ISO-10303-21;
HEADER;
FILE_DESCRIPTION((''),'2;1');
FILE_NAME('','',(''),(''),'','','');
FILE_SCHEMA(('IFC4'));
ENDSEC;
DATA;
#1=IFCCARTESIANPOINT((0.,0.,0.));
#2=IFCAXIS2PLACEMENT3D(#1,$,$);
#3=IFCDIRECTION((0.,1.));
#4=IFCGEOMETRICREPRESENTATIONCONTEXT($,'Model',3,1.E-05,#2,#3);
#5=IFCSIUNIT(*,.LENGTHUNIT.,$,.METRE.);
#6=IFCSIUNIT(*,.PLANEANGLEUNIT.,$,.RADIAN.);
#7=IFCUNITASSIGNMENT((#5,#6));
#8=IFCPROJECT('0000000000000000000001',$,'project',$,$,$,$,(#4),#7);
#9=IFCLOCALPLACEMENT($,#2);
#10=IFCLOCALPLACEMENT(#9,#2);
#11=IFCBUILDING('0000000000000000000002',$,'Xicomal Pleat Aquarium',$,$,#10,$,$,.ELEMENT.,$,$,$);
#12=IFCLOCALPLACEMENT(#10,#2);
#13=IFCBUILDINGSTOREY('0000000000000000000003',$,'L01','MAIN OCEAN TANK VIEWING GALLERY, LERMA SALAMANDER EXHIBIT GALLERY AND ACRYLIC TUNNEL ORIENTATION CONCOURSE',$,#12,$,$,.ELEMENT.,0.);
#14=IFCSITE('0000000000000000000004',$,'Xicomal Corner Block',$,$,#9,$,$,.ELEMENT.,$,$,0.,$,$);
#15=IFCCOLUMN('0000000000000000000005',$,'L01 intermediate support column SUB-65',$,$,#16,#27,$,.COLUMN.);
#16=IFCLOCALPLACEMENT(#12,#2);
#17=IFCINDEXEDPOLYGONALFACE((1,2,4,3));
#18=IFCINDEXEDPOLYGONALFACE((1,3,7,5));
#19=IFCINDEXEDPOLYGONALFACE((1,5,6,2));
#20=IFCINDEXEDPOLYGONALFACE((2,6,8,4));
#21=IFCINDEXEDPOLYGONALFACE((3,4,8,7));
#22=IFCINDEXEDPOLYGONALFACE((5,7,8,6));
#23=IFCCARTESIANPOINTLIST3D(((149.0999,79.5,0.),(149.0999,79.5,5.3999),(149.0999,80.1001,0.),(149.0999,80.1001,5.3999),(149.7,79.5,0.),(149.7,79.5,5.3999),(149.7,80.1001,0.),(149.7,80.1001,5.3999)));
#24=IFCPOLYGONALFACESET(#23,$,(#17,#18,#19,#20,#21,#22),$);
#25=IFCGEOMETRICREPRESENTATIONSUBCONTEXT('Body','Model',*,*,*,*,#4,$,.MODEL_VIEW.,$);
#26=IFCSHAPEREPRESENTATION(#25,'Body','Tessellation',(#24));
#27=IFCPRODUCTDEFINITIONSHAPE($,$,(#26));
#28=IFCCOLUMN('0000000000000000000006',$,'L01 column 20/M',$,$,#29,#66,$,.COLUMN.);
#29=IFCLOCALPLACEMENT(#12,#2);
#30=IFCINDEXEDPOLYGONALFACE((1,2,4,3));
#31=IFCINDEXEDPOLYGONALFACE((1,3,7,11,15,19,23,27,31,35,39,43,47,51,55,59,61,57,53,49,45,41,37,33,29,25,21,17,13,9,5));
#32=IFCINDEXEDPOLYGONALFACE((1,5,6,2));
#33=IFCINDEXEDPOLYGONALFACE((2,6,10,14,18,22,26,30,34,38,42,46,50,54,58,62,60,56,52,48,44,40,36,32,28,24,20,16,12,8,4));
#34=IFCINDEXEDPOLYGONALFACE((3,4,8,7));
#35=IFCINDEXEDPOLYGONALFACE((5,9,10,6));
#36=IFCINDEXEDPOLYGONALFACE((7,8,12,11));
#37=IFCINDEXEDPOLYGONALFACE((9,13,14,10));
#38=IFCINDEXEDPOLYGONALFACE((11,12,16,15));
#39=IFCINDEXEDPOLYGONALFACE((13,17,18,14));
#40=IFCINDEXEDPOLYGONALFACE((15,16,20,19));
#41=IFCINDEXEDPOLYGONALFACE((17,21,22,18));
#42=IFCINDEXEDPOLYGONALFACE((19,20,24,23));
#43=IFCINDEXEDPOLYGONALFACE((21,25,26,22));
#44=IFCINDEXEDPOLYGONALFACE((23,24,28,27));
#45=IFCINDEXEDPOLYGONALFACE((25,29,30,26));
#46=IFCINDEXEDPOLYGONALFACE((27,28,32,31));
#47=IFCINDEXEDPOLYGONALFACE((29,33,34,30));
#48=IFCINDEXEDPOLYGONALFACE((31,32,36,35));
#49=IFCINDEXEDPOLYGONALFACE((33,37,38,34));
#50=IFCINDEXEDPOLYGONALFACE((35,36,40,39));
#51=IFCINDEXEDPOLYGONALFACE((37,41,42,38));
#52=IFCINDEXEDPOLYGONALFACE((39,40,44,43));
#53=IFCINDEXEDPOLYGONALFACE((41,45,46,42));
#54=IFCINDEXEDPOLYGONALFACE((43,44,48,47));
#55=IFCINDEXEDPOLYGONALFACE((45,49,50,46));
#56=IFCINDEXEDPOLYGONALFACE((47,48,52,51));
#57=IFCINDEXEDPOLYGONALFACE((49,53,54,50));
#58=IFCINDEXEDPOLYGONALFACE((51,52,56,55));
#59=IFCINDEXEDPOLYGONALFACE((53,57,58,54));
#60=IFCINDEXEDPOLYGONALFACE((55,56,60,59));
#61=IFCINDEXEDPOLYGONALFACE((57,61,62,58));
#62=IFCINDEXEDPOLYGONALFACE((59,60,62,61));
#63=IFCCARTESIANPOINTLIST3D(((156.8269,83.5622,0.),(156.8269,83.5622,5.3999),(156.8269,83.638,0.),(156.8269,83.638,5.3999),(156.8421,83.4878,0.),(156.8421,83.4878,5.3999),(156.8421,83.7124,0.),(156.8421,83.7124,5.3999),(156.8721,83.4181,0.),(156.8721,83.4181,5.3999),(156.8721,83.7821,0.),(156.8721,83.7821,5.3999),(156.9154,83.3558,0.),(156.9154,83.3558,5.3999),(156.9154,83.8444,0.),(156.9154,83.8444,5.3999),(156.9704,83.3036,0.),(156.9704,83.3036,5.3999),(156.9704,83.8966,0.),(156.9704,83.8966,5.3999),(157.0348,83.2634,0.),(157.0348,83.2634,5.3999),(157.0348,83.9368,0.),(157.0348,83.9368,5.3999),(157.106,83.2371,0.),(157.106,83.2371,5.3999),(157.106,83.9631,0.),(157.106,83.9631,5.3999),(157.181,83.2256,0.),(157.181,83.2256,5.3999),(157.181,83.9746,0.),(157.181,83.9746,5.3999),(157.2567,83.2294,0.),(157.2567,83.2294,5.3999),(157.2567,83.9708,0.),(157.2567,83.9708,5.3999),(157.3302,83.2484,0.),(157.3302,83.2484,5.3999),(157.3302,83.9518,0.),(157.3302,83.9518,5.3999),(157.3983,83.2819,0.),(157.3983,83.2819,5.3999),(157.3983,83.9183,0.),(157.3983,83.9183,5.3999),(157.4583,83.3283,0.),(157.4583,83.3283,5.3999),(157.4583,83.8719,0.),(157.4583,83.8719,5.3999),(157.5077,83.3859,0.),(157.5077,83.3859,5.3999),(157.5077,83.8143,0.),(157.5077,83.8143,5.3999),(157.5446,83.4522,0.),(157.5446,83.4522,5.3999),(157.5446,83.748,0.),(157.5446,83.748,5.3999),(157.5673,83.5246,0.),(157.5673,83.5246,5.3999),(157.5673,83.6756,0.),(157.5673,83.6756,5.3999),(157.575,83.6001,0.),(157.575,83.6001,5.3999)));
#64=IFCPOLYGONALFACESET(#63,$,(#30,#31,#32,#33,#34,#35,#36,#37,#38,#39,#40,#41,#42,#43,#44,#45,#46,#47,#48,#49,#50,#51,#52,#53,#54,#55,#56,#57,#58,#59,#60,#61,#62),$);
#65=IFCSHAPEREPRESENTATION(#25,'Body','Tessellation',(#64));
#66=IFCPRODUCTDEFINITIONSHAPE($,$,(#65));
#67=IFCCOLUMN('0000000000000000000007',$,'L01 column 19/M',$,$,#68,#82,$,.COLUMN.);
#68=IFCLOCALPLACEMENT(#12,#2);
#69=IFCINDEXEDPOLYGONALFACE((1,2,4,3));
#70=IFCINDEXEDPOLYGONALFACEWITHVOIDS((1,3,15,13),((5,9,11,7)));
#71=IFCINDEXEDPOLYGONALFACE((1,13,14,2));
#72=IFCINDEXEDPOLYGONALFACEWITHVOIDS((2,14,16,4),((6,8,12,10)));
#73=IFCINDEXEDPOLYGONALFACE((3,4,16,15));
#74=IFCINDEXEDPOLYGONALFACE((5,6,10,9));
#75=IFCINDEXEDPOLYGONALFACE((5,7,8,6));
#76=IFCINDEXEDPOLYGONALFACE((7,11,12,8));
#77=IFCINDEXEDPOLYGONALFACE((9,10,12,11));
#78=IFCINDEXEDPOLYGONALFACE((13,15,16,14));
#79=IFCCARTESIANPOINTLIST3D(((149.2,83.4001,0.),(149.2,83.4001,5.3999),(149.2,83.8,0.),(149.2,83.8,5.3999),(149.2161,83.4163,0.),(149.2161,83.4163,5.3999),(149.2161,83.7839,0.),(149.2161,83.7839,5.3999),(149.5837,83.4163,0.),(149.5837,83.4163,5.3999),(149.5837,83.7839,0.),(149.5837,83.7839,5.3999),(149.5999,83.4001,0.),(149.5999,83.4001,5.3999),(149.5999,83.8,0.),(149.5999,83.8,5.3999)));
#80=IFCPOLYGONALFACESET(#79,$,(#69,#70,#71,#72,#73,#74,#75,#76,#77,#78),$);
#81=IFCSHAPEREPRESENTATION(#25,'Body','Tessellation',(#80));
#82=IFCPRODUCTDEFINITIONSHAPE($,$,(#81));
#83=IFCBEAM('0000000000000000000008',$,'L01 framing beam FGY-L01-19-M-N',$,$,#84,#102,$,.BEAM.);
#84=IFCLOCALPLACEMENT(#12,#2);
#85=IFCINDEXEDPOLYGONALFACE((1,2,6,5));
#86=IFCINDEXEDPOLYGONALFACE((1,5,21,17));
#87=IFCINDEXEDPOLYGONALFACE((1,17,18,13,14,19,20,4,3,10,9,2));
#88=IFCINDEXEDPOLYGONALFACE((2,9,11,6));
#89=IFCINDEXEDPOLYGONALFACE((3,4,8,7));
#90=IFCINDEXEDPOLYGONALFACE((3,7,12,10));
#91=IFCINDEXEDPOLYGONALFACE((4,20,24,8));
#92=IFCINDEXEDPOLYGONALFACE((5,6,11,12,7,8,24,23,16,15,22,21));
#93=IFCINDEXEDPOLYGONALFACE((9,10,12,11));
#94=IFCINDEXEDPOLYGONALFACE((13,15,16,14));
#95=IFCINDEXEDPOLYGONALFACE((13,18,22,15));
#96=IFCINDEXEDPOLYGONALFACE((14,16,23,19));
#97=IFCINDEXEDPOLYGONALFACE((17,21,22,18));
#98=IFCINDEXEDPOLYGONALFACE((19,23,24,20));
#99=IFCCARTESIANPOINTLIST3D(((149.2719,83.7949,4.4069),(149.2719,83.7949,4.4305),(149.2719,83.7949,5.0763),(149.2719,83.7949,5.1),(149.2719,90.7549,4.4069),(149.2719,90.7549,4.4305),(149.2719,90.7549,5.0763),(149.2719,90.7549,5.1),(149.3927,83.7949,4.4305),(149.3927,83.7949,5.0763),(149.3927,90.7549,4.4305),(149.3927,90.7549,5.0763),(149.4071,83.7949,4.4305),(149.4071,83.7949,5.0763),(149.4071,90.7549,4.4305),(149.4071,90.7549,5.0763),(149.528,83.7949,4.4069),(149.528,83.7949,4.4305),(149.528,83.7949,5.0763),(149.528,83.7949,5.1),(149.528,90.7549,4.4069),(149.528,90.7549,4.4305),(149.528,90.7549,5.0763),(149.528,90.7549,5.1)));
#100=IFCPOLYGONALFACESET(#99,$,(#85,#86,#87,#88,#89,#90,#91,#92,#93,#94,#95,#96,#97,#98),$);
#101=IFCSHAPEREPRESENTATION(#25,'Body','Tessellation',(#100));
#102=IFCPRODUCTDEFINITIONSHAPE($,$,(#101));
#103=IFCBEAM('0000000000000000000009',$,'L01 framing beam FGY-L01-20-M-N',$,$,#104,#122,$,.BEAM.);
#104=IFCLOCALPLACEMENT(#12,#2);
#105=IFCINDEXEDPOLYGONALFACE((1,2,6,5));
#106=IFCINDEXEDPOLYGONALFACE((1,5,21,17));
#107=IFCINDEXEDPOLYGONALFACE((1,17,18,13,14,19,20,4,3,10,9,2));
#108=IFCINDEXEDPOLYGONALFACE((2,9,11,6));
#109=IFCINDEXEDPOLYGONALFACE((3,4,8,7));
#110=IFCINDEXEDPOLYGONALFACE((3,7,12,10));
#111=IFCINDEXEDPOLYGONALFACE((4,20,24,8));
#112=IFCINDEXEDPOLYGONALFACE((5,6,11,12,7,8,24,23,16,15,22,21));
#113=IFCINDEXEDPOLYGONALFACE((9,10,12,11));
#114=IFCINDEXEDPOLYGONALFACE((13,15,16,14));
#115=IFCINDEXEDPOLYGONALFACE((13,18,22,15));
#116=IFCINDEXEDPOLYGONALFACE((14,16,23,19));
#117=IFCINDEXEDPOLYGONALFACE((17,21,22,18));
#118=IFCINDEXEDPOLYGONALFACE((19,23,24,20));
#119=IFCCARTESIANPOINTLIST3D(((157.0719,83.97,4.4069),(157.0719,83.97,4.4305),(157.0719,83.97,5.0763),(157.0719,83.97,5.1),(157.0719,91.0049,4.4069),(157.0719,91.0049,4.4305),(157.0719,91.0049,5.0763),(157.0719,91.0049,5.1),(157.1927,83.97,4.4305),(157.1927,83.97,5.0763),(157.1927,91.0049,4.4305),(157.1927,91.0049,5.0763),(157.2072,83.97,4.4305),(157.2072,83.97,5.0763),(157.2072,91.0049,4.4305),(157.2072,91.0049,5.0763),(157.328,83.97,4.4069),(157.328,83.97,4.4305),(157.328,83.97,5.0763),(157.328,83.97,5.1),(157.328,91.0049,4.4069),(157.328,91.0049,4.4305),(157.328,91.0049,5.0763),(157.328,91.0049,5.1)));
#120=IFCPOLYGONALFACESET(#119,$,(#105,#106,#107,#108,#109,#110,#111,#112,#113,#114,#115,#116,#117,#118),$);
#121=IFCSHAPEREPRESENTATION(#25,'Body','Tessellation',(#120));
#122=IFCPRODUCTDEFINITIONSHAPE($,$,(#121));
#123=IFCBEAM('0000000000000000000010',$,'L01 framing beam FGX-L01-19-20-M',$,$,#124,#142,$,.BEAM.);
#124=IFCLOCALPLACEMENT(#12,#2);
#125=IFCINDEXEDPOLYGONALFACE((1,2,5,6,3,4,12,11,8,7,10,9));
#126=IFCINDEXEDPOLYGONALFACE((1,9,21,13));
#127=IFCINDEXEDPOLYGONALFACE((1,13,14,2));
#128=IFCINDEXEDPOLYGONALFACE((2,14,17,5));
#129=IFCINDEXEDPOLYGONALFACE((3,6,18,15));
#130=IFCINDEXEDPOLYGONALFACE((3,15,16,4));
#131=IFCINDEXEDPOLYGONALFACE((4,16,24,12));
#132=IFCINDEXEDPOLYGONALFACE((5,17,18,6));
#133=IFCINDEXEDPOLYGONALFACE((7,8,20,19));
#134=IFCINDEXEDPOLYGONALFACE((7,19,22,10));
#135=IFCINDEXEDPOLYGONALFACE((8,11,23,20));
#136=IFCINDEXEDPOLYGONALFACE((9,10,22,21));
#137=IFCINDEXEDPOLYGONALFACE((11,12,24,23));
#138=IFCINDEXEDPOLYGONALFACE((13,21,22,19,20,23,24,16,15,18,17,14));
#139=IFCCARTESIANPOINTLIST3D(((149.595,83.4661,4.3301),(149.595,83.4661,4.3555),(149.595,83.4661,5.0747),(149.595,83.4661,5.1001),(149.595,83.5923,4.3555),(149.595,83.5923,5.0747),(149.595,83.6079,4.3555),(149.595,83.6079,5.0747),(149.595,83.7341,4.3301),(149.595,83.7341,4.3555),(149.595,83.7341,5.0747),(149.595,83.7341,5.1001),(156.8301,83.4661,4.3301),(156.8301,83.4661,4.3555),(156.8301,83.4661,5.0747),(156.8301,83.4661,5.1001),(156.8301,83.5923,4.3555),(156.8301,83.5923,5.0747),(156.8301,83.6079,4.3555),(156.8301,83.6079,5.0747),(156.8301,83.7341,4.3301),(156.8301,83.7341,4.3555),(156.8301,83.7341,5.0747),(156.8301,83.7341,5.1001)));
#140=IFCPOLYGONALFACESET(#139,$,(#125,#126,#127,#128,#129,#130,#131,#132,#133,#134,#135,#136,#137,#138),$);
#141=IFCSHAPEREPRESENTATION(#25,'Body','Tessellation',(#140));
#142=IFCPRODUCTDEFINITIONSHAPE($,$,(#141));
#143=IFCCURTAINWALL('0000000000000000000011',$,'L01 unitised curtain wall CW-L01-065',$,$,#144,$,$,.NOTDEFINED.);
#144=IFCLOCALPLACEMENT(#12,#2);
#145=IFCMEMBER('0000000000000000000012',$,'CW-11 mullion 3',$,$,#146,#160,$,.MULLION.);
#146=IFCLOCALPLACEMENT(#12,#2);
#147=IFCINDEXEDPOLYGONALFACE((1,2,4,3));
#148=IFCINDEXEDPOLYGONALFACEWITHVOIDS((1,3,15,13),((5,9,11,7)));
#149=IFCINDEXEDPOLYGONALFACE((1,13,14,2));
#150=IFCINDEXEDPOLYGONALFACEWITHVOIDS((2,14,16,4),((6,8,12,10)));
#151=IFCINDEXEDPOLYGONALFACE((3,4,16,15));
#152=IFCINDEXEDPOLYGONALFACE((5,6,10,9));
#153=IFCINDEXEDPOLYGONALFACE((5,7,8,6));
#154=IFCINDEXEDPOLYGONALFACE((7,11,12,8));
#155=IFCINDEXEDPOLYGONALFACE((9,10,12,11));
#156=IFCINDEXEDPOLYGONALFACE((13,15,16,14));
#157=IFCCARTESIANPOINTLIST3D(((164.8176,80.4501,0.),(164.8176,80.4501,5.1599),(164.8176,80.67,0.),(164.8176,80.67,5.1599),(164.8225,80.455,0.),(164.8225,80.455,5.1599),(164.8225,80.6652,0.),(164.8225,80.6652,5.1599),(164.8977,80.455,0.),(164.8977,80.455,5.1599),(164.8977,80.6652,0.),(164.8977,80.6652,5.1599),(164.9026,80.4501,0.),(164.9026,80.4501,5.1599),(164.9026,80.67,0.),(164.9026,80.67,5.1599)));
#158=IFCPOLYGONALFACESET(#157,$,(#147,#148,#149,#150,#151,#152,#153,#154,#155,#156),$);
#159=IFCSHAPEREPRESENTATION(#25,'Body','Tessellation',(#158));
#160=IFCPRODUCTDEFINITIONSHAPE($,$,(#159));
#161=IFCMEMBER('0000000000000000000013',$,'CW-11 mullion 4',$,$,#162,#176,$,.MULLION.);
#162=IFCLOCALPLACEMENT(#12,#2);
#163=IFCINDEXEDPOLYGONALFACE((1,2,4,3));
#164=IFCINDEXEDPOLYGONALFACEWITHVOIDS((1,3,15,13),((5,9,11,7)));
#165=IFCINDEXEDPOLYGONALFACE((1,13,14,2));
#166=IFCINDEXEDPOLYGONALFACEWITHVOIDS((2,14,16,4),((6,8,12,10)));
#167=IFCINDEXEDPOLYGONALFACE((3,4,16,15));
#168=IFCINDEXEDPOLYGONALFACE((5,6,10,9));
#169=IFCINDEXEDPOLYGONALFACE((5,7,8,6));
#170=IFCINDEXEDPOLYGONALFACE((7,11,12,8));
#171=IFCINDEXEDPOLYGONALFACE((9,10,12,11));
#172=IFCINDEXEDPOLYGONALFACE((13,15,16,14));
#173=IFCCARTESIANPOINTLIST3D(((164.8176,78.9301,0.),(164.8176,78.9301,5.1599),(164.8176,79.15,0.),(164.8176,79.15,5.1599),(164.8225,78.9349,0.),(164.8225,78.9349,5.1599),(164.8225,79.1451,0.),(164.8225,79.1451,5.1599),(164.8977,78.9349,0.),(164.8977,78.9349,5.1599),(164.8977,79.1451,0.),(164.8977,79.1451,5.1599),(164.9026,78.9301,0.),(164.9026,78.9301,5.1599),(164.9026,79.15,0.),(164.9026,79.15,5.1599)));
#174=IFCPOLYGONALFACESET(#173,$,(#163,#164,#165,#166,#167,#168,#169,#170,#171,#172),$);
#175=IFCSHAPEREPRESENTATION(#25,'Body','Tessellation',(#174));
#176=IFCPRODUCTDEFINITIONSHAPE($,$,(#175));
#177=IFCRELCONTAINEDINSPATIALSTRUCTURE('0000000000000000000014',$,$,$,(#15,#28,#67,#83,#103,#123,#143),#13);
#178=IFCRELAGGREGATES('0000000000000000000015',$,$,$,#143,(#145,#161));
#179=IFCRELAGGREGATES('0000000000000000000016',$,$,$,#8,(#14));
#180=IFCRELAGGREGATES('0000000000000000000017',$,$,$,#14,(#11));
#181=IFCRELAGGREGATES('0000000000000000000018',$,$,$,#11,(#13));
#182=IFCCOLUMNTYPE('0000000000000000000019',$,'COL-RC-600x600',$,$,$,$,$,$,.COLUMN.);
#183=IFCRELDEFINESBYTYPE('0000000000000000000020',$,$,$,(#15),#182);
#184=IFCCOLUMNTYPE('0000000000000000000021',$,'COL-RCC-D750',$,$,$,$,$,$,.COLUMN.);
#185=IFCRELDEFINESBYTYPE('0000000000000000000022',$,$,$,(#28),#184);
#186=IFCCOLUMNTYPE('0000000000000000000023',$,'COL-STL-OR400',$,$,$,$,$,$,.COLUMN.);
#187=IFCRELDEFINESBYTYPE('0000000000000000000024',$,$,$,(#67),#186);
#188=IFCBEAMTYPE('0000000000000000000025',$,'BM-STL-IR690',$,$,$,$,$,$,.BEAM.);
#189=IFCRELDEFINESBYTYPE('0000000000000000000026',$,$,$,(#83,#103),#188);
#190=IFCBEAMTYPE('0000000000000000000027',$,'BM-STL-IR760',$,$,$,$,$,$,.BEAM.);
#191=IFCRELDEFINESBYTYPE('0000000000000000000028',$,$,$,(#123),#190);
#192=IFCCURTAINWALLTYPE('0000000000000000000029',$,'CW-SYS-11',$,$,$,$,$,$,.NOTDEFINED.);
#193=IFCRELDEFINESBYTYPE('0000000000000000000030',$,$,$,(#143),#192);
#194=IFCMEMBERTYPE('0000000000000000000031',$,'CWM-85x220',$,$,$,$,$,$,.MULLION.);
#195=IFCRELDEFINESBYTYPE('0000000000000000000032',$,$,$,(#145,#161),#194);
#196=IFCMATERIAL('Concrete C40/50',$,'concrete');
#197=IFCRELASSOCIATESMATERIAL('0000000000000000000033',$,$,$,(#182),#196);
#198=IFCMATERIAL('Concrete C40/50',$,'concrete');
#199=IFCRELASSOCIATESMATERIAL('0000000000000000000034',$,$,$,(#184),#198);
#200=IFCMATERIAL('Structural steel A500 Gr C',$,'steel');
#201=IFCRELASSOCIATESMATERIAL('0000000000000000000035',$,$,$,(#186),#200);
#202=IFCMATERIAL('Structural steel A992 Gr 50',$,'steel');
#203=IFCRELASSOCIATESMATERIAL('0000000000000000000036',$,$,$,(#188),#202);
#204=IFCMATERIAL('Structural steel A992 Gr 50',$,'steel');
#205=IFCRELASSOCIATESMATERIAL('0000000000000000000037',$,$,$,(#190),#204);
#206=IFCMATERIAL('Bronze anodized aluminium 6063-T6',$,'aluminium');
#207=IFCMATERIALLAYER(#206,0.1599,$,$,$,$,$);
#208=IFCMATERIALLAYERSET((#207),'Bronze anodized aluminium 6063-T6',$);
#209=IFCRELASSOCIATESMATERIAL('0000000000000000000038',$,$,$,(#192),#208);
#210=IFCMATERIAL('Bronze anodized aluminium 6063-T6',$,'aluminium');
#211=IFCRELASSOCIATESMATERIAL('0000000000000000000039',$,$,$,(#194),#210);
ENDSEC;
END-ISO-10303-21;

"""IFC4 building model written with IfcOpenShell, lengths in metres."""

from ifc_helpers import new_model, si_unit, direction, frame, origin, origin_2d, place, context, subcontext, project, spatial, rectangle, hollow_rectangle, circle, i_section, extrude, material, layer, layer_set, material_profile, profile_set, type_object, element, aggregate, save


model = new_model("IFC4")

# Units and contexts
model_context = context("Model", 3, precision=1e-05, world=origin(), true_north=direction((0.0, 1.0)))
body_context = subcontext(model_context, "Body", "Model", "MODEL_VIEW")
ifc_project = project(units=[si_unit("LENGTHUNIT", "METRE"), si_unit("PLANEANGLEUNIT", "RADIAN")], contexts=[model_context])

# Site, building, storey
site_placement = place(None, origin())
site = spatial("IfcSite", under=ifc_project, at=site_placement, Name="Xicomal Corner Block", CompositionType="ELEMENT", RefElevation=0.0)
building_placement = place(site_placement, origin())
building = spatial("IfcBuilding", under=site, at=building_placement, Name="Xicomal Pleat Aquarium", CompositionType="ELEMENT")
storey_placement = place(building_placement, origin())
storey = spatial("IfcBuildingStorey", under=building, at=storey_placement, Name="L01", Description="MAIN OCEAN TANK VIEWING GALLERY, LERMA SALAMANDER EXHIBIT GALLERY AND ACRYLIC TUNNEL ORIENTATION CONCOURSE", CompositionType="ELEMENT", Elevation=0.0)

# Columns
ifc_material_1 = material(Name="Concrete C40/50", Category="concrete")
ifc_material_profile_1 = material_profile(ifc_material_1, rectangle(XDim=0.6001, YDim=0.6001, at=origin_2d()), Name="RC 600x600")
ifc_profile_set_1 = profile_set([ifc_material_profile_1], Name="Concrete C40/50")
column_type_1 = type_object("IfcColumnType", Name="COL-RC-600x600", PredefinedType="COLUMN", material=ifc_profile_set_1)
column_1_placement = place(storey_placement, frame((149.3999, 79.8, 0.0), z_axis=(0.0, 0.0, 1.0), x_axis=(1.0, 0.0, 0.0)))
element("IfcColumn", 1, at=column_1_placement, inside=storey, type_object=column_type_1, Name="L01 intermediate support column SUB-65", PredefinedType="COLUMN", context=body_context, shape_type="SweptSolid", body=[
    extrude(rectangle(XDim=0.6001, YDim=0.6001, at=origin_2d()), origin(), (0.0, 0.0, 1.0), 5.3999),
])
ifc_material_2 = material(Name="Concrete C40/50", Category="concrete")
ifc_material_profile_2 = material_profile(ifc_material_2, circle(Radius=0.375, at=origin_2d()), Name="RCC D750")
ifc_profile_set_2 = profile_set([ifc_material_profile_2], Name="Concrete C40/50")
column_type_2 = type_object("IfcColumnType", Name="COL-RCC-D750", PredefinedType="COLUMN", material=ifc_profile_set_2)
column_2_placement = place(storey_placement, frame((157.2, 83.6001, 0.0), z_axis=(0.0, 0.0, 1.0), x_axis=(1.0, 0.0, 0.0)))
element("IfcColumn", 2, at=column_2_placement, inside=storey, type_object=column_type_2, Name="L01 column 20/M", PredefinedType="COLUMN", context=body_context, shape_type="SweptSolid", body=[
    extrude(circle(Radius=0.375, at=origin_2d()), origin(), (0.0, 0.0, 1.0), 5.3999),
])
ifc_material_3 = material(Name="Structural steel A500 Gr C", Category="steel")
ifc_material_profile_3 = material_profile(ifc_material_3, hollow_rectangle(XDim=0.3999, YDim=0.3999, WallThickness=0.0161, at=origin_2d()), Name="OR 400x400x16")
ifc_profile_set_3 = profile_set([ifc_material_profile_3], Name="Structural steel A500 Gr C")
column_type_3 = type_object("IfcColumnType", Name="COL-STL-OR400", PredefinedType="COLUMN", material=ifc_profile_set_3)
column_3_placement = place(storey_placement, frame((149.3999, 83.6001, 0.0), z_axis=(0.0, 0.0, 1.0), x_axis=(1.0, 0.0, 0.0)))
element("IfcColumn", 3, at=column_3_placement, inside=storey, type_object=column_type_3, Name="L01 column 19/M", PredefinedType="COLUMN", context=body_context, shape_type="SweptSolid", body=[
    extrude(hollow_rectangle(XDim=0.3999, YDim=0.3999, WallThickness=0.0161, at=origin_2d()), origin(), (0.0, 0.0, 1.0), 5.3999),
])

# Beams
ifc_material_4 = material(Name="Structural steel A992 Gr 50", Category="steel")
ifc_material_profile_4 = material_profile(ifc_material_4, i_section(OverallWidth=0.2561, OverallDepth=0.6931, WebThickness=0.0144, FlangeThickness=0.0237, at=origin_2d()), Name="IR 690x170")
ifc_profile_set_4 = profile_set([ifc_material_profile_4], Name="Structural steel A992 Gr 50")
beam_type_1 = type_object("IfcBeamType", Name="BM-STL-IR690", PredefinedType="BEAM", material=ifc_profile_set_4)
beam_1_placement = place(storey_placement, frame((149.3999, 83.7949, 4.7534), z_axis=(0.0, 1.0, 0.0), x_axis=(-1.0, 0.0, 0.0)))
element("IfcBeam", 4, at=beam_1_placement, inside=storey, type_object=beam_type_1, Name="L01 framing beam FGY-L01-19-M-N", PredefinedType="BEAM", context=body_context, shape_type="SweptSolid", body=[
    extrude(i_section(OverallWidth=0.2561, OverallDepth=0.6931, WebThickness=0.0144, FlangeThickness=0.0237, at=origin_2d()), origin(), (0.0, 0.0, 1.0), 6.96),
])
beam_2_placement = place(storey_placement, frame((157.2, 83.97, 4.7534), z_axis=(0.0, 1.0, 0.0), x_axis=(-1.0, 0.0, 0.0)))
element("IfcBeam", 5, at=beam_2_placement, inside=storey, type_object=beam_type_1, Name="L01 framing beam FGY-L01-20-M-N", PredefinedType="BEAM", context=body_context, shape_type="SweptSolid", body=[
    extrude(i_section(OverallWidth=0.2561, OverallDepth=0.6931, WebThickness=0.0144, FlangeThickness=0.0237, at=origin_2d()), origin(), (0.0, 0.0, 1.0), 7.0349),
])
ifc_material_5 = material(Name="Structural steel A992 Gr 50", Category="steel")
ifc_material_profile_5 = material_profile(ifc_material_5, i_section(OverallWidth=0.2681, OverallDepth=0.77, WebThickness=0.0156, FlangeThickness=0.0254, at=origin_2d()), Name="IR 760x196")
ifc_profile_set_5 = profile_set([ifc_material_profile_5], Name="Structural steel A992 Gr 50")
beam_type_2 = type_object("IfcBeamType", Name="BM-STL-IR760", PredefinedType="BEAM", material=ifc_profile_set_5)
beam_3_placement = place(storey_placement, frame((149.595, 83.6001, 4.7151), z_axis=(1.0, 0.0, 0.0), x_axis=(0.0, 1.0, 0.0)))
element("IfcBeam", 6, at=beam_3_placement, inside=storey, type_object=beam_type_2, Name="L01 framing beam FGX-L01-19-20-M", PredefinedType="BEAM", context=body_context, shape_type="SweptSolid", body=[
    extrude(i_section(OverallWidth=0.2681, OverallDepth=0.77, WebThickness=0.0156, FlangeThickness=0.0254, at=origin_2d()), origin(), (0.0, 0.0, 1.0), 7.2351),
])

# Curtain wall, members
ifc_material_6 = material(Name="Bronze anodized aluminium 6063-T6", Category="aluminium")
ifc_layer_1 = layer(ifc_material_6, 0.1599)
ifc_layer_set_1 = layer_set([ifc_layer_1], Name="Bronze anodized aluminium 6063-T6")
curtain_wall_type = type_object("IfcCurtainWallType", Name="CW-SYS-11", PredefinedType="NOTDEFINED", material=ifc_layer_set_1)
curtain_wall_placement = place(storey_placement, origin())
curtain_wall = element("IfcCurtainWall", 7, at=curtain_wall_placement, inside=storey, type_object=curtain_wall_type, Name="L01 unitised curtain wall CW-L01-065", PredefinedType="NOTDEFINED")
ifc_material_7 = material(Name="Bronze anodized aluminium 6063-T6", Category="aluminium")
ifc_material_profile_6 = material_profile(ifc_material_7, hollow_rectangle(XDim=0.085, YDim=0.22, WallThickness=0.0049, at=origin_2d()), Name="ALU MULL 85x220")
ifc_profile_set_6 = profile_set([ifc_material_profile_6], Name="Bronze anodized aluminium 6063-T6")
member_type_1 = type_object("IfcMemberType", Name="CWM-85x220", PredefinedType="MULLION", material=ifc_profile_set_6)
member_1_placement = place(storey_placement, frame((164.8601, 80.5601, 0.0), z_axis=(0.0, 0.0, 1.0), x_axis=(1.0, 0.0, 0.0)))
member_1 = element("IfcMember", 8, at=member_1_placement, type_object=member_type_1, Name="CW-11 mullion 3", PredefinedType="MULLION", context=body_context, shape_type="SweptSolid", body=[
    extrude(hollow_rectangle(XDim=0.085, YDim=0.22, WallThickness=0.0049, at=origin_2d()), origin(), (0.0, 0.0, 1.0), 5.1599),
])
member_2_placement = place(storey_placement, frame((164.8601, 79.04, 0.0), z_axis=(0.0, 0.0, 1.0), x_axis=(1.0, 0.0, 0.0)))
member_2 = element("IfcMember", 9, at=member_2_placement, type_object=member_type_1, Name="CW-11 mullion 4", PredefinedType="MULLION", context=body_context, shape_type="SweptSolid", body=[
    extrude(hollow_rectangle(XDim=0.085, YDim=0.22, WallThickness=0.0049, at=origin_2d()), origin(), (0.0, 0.0, 1.0), 5.1599),
])

aggregate(curtain_wall, [member_1, member_2])

save(model, "model.ifc")
